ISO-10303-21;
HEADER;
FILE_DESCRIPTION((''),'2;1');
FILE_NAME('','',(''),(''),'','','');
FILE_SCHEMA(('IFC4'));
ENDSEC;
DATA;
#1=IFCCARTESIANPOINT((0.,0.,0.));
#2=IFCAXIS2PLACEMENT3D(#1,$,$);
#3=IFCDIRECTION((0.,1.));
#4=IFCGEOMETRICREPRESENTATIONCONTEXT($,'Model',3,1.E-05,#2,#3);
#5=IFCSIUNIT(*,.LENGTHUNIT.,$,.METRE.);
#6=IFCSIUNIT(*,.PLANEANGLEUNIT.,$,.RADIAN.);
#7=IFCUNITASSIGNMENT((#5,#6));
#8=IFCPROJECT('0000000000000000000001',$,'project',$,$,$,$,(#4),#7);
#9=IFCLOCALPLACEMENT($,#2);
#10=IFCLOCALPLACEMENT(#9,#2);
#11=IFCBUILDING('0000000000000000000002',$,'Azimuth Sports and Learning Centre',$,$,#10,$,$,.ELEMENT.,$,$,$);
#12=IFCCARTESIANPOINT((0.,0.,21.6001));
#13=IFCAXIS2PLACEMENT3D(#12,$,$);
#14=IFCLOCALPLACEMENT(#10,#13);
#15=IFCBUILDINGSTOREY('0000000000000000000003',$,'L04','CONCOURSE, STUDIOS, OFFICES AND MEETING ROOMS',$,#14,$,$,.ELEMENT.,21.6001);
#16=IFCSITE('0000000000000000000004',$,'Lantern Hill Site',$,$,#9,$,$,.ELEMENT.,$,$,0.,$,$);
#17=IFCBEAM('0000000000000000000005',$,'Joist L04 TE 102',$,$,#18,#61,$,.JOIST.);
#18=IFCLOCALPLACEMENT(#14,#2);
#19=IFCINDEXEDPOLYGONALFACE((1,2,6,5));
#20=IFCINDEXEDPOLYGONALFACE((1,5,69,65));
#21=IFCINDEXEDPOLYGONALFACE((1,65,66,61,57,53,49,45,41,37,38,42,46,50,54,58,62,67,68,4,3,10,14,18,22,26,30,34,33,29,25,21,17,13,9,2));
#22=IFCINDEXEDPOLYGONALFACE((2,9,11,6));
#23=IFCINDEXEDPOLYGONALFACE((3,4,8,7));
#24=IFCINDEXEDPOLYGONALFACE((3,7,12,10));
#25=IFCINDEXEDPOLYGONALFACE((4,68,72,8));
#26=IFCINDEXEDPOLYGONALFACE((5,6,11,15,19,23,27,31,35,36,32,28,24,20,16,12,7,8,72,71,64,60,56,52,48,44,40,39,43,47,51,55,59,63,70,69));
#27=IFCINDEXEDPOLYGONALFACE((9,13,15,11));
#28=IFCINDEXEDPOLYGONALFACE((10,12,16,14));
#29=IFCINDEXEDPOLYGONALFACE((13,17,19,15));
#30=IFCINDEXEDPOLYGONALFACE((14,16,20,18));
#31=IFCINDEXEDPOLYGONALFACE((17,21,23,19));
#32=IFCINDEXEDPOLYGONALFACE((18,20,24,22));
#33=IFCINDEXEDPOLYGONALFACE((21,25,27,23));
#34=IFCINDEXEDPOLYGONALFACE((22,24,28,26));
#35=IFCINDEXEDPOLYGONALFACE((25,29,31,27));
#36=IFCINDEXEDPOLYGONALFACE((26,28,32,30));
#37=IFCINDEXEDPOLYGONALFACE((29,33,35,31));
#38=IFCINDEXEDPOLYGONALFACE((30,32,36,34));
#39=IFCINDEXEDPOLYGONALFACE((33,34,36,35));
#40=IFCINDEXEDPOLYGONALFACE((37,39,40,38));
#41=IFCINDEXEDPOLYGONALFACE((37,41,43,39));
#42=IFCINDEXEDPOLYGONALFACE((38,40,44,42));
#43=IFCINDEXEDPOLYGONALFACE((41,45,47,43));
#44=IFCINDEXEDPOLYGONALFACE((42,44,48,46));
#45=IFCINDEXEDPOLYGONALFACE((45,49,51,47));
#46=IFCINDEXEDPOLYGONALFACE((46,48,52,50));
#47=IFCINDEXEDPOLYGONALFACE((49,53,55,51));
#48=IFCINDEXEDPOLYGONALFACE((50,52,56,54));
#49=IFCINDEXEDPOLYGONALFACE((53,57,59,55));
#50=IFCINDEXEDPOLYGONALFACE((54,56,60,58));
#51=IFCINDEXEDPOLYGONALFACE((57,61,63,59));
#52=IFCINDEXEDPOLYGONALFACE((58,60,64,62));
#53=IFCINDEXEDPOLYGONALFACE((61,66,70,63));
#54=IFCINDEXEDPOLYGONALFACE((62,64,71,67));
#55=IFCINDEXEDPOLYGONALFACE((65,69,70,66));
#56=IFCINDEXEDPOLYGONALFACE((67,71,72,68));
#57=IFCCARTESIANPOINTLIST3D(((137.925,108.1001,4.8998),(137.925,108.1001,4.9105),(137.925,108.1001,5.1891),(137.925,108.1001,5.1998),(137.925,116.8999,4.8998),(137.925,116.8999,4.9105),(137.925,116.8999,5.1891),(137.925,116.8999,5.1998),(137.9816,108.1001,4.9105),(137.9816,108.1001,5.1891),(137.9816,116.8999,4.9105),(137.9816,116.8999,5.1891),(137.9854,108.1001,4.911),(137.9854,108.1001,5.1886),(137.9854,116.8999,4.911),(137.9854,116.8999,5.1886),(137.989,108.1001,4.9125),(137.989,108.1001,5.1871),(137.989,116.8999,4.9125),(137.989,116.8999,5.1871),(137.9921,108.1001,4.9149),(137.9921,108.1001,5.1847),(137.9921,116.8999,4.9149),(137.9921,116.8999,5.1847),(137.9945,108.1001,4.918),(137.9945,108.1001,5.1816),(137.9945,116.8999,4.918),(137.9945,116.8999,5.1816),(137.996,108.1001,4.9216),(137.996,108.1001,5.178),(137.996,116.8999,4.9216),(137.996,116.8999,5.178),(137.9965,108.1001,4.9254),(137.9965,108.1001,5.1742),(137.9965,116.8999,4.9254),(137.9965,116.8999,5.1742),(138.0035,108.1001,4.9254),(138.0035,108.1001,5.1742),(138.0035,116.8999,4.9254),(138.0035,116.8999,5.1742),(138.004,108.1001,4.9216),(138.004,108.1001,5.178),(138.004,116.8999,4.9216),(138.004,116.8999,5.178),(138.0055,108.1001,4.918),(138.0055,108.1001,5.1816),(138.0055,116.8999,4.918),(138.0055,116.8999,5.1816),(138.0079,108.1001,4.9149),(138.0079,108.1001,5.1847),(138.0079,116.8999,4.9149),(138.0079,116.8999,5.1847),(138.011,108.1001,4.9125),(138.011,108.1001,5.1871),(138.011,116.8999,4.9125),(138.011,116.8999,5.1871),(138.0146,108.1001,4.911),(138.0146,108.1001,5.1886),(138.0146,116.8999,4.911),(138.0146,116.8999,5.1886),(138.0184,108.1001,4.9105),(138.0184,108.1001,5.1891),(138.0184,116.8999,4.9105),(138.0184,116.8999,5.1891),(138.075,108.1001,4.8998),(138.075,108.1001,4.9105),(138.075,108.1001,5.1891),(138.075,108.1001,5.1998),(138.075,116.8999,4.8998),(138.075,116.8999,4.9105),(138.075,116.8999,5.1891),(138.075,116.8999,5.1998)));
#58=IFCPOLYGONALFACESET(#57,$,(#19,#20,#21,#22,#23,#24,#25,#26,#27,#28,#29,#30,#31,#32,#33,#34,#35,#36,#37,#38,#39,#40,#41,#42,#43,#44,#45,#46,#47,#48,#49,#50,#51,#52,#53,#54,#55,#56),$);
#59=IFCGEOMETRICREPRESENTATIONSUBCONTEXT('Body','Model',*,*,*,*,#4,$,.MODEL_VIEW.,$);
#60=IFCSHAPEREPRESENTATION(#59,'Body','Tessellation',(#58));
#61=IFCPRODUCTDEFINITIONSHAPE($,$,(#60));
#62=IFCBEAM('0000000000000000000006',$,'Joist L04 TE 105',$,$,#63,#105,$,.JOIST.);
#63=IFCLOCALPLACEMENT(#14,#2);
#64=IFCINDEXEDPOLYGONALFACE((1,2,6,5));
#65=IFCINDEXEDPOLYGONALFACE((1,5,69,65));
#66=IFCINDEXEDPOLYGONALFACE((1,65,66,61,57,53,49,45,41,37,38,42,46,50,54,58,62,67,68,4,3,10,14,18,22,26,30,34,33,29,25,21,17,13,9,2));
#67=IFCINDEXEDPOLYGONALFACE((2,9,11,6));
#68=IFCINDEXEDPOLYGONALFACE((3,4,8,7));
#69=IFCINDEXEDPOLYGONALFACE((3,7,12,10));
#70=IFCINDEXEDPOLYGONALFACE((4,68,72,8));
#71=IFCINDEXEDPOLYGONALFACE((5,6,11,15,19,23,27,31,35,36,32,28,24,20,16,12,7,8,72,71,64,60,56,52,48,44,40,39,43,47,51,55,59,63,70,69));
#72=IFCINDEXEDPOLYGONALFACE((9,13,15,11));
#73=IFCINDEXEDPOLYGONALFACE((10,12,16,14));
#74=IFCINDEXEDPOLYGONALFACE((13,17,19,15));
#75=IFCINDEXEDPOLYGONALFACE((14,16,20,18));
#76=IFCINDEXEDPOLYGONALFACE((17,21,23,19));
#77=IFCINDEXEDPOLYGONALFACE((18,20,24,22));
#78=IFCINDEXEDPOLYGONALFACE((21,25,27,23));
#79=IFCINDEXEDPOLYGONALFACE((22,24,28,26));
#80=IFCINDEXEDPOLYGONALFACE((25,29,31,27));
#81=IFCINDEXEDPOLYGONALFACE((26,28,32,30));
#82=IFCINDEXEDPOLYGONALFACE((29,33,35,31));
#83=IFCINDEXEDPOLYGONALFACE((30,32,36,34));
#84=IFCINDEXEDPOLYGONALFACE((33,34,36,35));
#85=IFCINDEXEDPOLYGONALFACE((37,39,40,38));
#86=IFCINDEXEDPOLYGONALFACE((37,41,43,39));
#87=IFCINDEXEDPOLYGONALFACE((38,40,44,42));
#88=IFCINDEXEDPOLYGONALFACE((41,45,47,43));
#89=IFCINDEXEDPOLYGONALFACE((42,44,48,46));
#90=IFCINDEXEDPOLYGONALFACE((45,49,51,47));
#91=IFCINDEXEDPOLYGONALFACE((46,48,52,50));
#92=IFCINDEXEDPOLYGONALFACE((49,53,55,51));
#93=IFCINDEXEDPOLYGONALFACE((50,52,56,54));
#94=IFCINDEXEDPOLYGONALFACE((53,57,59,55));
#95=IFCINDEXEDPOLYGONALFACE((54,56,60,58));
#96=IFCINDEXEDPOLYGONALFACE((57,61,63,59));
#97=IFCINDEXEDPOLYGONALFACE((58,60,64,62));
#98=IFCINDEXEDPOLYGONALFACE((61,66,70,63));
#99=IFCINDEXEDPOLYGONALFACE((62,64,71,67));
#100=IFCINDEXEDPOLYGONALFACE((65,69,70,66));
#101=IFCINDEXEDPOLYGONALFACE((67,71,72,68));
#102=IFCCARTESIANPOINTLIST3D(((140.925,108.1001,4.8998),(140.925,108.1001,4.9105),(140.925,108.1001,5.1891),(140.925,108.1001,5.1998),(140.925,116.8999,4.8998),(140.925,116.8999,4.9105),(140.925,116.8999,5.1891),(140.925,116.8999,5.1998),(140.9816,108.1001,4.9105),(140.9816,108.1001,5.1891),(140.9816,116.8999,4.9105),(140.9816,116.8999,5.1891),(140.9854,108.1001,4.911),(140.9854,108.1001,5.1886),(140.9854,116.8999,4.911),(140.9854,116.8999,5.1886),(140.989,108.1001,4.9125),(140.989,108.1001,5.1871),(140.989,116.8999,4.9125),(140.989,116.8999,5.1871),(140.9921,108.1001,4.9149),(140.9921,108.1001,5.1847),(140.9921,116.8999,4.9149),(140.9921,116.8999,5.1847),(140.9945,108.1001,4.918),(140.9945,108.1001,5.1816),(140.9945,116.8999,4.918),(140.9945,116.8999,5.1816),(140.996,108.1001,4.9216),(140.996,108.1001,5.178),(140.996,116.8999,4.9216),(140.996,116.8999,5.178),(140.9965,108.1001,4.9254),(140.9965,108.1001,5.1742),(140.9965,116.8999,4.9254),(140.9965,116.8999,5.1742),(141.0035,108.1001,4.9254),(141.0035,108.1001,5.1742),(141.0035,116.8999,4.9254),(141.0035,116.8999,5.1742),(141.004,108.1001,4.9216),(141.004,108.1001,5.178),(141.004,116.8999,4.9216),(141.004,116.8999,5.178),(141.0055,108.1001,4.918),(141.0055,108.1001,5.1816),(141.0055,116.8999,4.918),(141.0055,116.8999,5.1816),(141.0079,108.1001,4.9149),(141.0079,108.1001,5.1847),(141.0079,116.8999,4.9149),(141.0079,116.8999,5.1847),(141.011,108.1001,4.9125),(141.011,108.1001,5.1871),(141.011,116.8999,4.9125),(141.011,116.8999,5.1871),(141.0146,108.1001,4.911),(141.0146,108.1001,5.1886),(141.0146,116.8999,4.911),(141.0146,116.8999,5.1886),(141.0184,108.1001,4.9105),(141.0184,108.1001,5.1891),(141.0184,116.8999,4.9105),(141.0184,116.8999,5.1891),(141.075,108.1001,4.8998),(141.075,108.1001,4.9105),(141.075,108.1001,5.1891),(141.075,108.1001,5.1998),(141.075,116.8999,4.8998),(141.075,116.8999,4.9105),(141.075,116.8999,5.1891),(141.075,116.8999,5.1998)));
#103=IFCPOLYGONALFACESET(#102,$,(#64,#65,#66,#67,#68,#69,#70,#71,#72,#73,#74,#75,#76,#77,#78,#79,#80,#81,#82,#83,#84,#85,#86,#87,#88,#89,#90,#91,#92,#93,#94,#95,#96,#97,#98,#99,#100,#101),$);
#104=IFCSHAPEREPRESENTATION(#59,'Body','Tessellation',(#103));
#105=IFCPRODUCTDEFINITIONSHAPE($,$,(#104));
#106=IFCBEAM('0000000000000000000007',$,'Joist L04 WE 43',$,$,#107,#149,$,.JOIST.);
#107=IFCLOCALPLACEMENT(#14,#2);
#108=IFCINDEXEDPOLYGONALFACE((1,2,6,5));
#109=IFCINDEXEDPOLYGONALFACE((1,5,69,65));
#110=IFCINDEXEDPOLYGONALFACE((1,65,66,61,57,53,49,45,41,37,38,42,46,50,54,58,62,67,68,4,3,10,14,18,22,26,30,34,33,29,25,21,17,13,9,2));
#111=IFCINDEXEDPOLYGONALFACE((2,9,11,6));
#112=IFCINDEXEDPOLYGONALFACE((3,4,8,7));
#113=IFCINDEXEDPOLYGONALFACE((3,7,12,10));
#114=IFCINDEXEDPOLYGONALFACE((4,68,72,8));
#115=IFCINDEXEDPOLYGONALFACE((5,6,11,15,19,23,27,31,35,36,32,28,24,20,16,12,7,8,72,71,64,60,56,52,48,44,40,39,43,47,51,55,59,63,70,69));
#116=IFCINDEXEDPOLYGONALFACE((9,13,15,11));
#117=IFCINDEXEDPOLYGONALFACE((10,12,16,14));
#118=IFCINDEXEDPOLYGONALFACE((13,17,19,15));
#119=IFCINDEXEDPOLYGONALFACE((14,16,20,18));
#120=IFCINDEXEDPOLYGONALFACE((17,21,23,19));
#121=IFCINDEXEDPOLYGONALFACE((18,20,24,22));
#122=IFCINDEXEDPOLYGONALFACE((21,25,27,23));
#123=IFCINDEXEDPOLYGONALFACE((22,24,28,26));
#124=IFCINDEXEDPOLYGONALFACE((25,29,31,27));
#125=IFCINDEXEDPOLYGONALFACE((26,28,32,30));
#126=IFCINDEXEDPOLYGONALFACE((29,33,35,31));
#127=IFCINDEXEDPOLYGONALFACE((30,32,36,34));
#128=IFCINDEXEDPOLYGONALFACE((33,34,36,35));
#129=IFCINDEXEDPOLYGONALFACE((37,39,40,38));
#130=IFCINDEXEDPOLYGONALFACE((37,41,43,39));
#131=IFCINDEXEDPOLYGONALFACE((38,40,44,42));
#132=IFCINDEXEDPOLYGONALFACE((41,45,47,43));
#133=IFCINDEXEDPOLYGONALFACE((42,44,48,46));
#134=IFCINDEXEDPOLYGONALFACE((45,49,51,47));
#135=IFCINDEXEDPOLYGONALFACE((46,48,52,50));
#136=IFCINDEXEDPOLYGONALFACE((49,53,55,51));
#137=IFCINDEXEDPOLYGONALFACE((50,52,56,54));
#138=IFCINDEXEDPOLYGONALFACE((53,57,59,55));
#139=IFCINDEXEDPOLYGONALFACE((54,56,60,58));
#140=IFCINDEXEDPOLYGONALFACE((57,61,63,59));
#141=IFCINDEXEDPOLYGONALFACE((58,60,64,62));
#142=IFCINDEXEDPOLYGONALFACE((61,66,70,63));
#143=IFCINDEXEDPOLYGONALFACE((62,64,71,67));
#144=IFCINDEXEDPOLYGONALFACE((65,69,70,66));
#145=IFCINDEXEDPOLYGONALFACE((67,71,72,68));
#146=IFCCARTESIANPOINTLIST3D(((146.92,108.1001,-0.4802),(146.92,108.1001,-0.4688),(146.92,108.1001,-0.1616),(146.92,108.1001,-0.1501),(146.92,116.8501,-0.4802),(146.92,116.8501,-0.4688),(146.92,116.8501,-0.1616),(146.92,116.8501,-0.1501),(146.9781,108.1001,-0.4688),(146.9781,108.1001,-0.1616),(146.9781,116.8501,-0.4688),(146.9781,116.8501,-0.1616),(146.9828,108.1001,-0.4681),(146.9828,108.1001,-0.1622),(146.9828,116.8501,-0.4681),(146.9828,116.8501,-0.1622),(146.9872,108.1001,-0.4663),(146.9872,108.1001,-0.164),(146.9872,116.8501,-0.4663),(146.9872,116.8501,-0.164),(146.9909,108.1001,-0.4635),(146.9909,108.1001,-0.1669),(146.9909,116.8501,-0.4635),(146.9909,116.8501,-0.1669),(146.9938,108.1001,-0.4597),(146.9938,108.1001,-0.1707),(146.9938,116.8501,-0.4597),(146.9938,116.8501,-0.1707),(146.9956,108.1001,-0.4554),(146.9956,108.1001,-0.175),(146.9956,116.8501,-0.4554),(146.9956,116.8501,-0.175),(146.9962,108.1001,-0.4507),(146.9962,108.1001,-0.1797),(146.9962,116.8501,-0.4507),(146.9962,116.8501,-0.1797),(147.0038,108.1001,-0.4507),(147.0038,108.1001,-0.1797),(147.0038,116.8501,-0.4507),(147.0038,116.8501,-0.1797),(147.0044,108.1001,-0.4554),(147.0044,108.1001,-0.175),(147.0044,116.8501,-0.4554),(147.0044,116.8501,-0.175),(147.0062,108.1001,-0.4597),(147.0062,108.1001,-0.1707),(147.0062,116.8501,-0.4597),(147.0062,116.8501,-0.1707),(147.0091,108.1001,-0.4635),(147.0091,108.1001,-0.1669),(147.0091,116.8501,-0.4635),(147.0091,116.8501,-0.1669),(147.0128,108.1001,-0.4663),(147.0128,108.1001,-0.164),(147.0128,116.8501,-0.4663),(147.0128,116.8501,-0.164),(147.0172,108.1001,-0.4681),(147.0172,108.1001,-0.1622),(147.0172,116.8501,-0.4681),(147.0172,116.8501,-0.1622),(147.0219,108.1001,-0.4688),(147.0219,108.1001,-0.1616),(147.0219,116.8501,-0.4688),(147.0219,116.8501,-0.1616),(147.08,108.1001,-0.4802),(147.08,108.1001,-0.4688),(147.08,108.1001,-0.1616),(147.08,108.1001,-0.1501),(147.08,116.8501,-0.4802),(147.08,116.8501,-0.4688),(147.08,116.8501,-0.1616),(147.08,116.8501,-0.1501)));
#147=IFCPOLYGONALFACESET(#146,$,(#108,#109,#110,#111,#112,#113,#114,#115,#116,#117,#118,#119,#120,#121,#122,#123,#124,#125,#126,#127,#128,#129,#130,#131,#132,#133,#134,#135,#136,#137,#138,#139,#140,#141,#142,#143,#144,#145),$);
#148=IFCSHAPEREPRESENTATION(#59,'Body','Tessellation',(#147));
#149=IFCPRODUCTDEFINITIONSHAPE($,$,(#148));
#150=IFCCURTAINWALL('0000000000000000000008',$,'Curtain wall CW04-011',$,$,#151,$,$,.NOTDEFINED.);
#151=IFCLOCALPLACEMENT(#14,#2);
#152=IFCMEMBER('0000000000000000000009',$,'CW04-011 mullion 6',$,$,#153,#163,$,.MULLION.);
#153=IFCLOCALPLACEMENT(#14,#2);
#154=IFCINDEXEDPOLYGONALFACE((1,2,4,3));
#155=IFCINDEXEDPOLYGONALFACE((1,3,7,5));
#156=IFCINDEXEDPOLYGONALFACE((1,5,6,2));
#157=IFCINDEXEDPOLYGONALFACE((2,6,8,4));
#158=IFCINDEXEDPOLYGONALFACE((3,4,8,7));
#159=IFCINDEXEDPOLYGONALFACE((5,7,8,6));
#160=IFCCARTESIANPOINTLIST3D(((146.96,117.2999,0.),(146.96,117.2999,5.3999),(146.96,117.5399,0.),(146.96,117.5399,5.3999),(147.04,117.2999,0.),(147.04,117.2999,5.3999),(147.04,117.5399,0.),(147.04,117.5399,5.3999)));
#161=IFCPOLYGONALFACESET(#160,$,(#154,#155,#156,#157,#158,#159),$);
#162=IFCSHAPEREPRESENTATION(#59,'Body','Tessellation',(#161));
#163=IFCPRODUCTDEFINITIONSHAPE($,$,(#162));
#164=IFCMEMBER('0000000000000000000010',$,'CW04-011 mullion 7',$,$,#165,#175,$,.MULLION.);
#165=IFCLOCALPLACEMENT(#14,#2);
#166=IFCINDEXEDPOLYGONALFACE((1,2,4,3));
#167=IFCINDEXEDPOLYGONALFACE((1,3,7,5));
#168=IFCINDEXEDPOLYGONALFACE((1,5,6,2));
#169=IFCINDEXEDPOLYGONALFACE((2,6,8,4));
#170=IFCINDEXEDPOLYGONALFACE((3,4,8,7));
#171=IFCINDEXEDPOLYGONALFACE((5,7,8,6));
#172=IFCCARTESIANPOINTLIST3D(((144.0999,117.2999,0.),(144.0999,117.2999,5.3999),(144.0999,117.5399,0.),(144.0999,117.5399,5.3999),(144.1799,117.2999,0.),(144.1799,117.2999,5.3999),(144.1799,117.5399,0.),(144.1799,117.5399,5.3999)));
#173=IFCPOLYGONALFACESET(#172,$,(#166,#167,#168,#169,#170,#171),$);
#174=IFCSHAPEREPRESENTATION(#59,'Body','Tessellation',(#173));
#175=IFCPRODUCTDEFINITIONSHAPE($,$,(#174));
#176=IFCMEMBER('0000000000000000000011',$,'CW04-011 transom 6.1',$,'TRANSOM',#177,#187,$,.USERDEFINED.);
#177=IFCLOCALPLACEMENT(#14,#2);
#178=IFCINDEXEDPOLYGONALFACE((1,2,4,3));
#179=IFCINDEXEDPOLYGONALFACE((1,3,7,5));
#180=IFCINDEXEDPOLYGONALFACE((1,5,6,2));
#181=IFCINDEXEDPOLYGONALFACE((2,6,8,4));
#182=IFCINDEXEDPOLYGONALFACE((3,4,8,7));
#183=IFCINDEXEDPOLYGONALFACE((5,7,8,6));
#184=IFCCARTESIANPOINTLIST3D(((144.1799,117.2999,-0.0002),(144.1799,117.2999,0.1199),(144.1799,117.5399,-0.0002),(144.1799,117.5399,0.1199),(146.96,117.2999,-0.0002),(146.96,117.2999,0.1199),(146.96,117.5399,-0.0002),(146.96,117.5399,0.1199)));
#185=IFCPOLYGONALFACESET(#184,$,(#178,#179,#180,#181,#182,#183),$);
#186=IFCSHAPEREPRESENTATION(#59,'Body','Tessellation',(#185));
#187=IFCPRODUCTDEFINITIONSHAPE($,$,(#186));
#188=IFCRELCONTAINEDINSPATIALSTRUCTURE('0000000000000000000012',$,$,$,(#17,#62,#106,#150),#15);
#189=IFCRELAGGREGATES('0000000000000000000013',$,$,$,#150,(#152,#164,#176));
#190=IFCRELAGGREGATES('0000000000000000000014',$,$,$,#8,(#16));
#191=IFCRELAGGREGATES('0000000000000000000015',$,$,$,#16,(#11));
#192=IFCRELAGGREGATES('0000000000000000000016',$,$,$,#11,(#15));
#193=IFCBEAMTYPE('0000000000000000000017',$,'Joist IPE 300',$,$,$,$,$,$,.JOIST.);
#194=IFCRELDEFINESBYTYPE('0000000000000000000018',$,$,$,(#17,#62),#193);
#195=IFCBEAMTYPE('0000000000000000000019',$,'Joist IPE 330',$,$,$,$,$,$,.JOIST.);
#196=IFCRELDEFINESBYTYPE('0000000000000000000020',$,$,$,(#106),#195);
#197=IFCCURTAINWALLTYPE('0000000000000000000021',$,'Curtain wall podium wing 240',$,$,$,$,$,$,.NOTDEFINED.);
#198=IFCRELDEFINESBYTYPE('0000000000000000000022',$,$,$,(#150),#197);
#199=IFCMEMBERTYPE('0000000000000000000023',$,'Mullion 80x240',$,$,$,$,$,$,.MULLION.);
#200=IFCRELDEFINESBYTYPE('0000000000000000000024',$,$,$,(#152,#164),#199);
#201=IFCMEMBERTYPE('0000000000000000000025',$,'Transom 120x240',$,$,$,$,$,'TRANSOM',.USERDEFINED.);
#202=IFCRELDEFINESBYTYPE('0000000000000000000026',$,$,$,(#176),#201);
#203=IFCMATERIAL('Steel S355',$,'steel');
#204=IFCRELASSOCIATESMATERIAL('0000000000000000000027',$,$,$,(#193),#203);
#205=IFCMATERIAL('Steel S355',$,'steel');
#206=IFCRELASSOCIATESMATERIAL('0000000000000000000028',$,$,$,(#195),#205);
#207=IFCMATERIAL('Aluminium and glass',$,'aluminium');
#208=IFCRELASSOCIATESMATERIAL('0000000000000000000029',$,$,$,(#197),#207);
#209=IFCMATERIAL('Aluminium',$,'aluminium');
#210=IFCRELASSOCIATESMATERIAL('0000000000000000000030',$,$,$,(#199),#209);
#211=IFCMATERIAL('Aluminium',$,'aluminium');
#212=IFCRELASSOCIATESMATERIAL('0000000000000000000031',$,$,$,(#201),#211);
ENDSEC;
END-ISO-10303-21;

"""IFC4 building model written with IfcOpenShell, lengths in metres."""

from ifc_helpers import new_model, si_unit, direction, frame, origin, origin_2d, place, context, subcontext, project, spatial, rectangle, i_section, extrude, material, material_profile, profile_set, type_object, element, aggregate, save


model = new_model("IFC4")

# Units and contexts
model_context = context("Model", 3, precision=1e-05, world=origin(), true_north=direction((0.0, 1.0)))
body_context = subcontext(model_context, "Body", "Model", "MODEL_VIEW")
ifc_project = project(units=[si_unit("LENGTHUNIT", "METRE"), si_unit("PLANEANGLEUNIT", "RADIAN")], contexts=[model_context])

# Site, building, storey
site_placement = place(None, origin())
site = spatial("IfcSite", under=ifc_project, at=site_placement, Name="Lantern Hill Site", CompositionType="ELEMENT", RefElevation=0.0)
building_placement = place(site_placement, origin())
building = spatial("IfcBuilding", under=site, at=building_placement, Name="Azimuth Sports and Learning Centre", CompositionType="ELEMENT")
storey_placement = place(building_placement, frame((0.0, 0.0, 21.6001)))
storey = spatial("IfcBuildingStorey", under=building, at=storey_placement, Name="L04", Description="CONCOURSE, STUDIOS, OFFICES AND MEETING ROOMS", CompositionType="ELEMENT", Elevation=21.6001)

# Beams
ifc_material_1 = material(Name="Steel S355", Category="steel")
ifc_material_profile_1 = material_profile(ifc_material_1, i_section(OverallWidth=0.1499, OverallDepth=0.3, WebThickness=0.0071, FlangeThickness=0.0107, FilletRadius=0.0149, at=origin_2d()), Name="IPE 300")
ifc_profile_set_1 = profile_set([ifc_material_profile_1], Name="Steel S355")
beam_type_1 = type_object("IfcBeamType", Name="Joist IPE 300", PredefinedType="JOIST", material=ifc_profile_set_1)
for number, where, z_axis, x_axis, name in (
    (1, (138.0, 108.1001, 5.0498), (0.0, 1.0, 0.0), (-1.0, 0.0, 0.0), "Joist L04 TE 102"),
    (2, (141.0, 108.1001, 5.0498), (0.0, 1.0, 0.0), (-1.0, 0.0, 0.0), "Joist L04 TE 105"),
):
    element("IfcBeam", number, at=place(storey_placement, frame(where, z_axis=z_axis, x_axis=x_axis)), inside=storey, type_object=beam_type_1, Name=name, PredefinedType="JOIST", context=body_context, shape_type="SweptSolid", body=[
        extrude(i_section(OverallWidth=0.1499, OverallDepth=0.3, WebThickness=0.0071, FlangeThickness=0.0107, FilletRadius=0.0149, at=origin_2d()), origin(), (0.0, 0.0, 1.0), 8.7998),
    ])
ifc_material_2 = material(Name="Steel S355", Category="steel")
ifc_material_profile_2 = material_profile(ifc_material_2, i_section(OverallWidth=0.1599, OverallDepth=0.3301, WebThickness=0.0076, FlangeThickness=0.0115, FilletRadius=0.0181, at=origin_2d()), Name="IPE 330")
ifc_profile_set_2 = profile_set([ifc_material_profile_2], Name="Steel S355")
beam_type_2 = type_object("IfcBeamType", Name="Joist IPE 330", PredefinedType="JOIST", material=ifc_profile_set_2)
beam_1_placement = place(storey_placement, frame((147.0, 108.1001, -0.3152), z_axis=(0.0, 1.0, 0.0), x_axis=(-1.0, 0.0, 0.0)))
element("IfcBeam", 3, at=beam_1_placement, inside=storey, type_object=beam_type_2, Name="Joist L04 WE 43", PredefinedType="JOIST", context=body_context, shape_type="SweptSolid", body=[
    extrude(i_section(OverallWidth=0.1599, OverallDepth=0.3301, WebThickness=0.0076, FlangeThickness=0.0115, FilletRadius=0.0181, at=origin_2d()), origin(), (0.0, 0.0, 1.0), 8.75),
])

# Curtain wall, members
ifc_material_3 = material(Name="Aluminium and glass", Category="aluminium")
curtain_wall_type = type_object("IfcCurtainWallType", Name="Curtain wall podium wing 240", PredefinedType="NOTDEFINED", material=ifc_material_3)
curtain_wall_placement = place(storey_placement, origin())
curtain_wall = element("IfcCurtainWall", 4, at=curtain_wall_placement, inside=storey, type_object=curtain_wall_type, Name="Curtain wall CW04-011", PredefinedType="NOTDEFINED")
ifc_material_4 = material(Name="Aluminium", Category="aluminium")
ifc_material_profile_3 = material_profile(ifc_material_4, rectangle(XDim=0.24, YDim=0.0801, at=origin_2d()), Name="Mullion 80x240")
ifc_profile_set_3 = profile_set([ifc_material_profile_3], Name="Aluminium")
member_type_1 = type_object("IfcMemberType", Name="Mullion 80x240", PredefinedType="MULLION", material=ifc_profile_set_3)
member_1_placement = place(storey_placement, frame((147.0, 117.4199, 0.0), z_axis=(0.0, 0.0, 1.0), x_axis=(0.0, -1.0, 0.0)))
member_1 = element("IfcMember", 5, at=member_1_placement, type_object=member_type_1, Name="CW04-011 mullion 6", PredefinedType="MULLION", context=body_context, shape_type="SweptSolid", body=[
    extrude(rectangle(XDim=0.24, YDim=0.0801, at=origin_2d()), origin(), (0.0, 0.0, 1.0), 5.3999),
])
member_2_placement = place(storey_placement, frame((144.1399, 117.4199, 0.0), z_axis=(0.0, 0.0, 1.0), x_axis=(0.0, -1.0, 0.0)))
member_2 = element("IfcMember", 6, at=member_2_placement, type_object=member_type_1, Name="CW04-011 mullion 7", PredefinedType="MULLION", context=body_context, shape_type="SweptSolid", body=[
    extrude(rectangle(XDim=0.24, YDim=0.0801, at=origin_2d()), origin(), (0.0, 0.0, 1.0), 5.3999),
])
ifc_material_5 = material(Name="Aluminium", Category="aluminium")
ifc_material_profile_4 = material_profile(ifc_material_5, rectangle(XDim=0.24, YDim=0.1201, at=origin_2d()), Name="Transom 120x240")
ifc_profile_set_4 = profile_set([ifc_material_profile_4], Name="Aluminium")
member_type_2 = type_object("IfcMemberType", Name="Transom 120x240", ElementType="TRANSOM", PredefinedType="USERDEFINED", material=ifc_profile_set_4)
member_3_placement = place(storey_placement, frame((146.96, 117.4199, 0.0598), z_axis=(-1.0, 0.0, 0.0), x_axis=(0.0, -1.0, 0.0)))
member_3 = element("IfcMember", 7, at=member_3_placement, type_object=member_type_2, Name="CW04-011 transom 6.1", ObjectType="TRANSOM", PredefinedType="USERDEFINED", context=body_context, shape_type="SweptSolid", body=[
    extrude(rectangle(XDim=0.24, YDim=0.1201, at=origin_2d()), origin(), (0.0, 0.0, 1.0), 2.78),
])
aggregate(curtain_wall, [member_1, member_2, member_3])

save(model, "model.ifc")
